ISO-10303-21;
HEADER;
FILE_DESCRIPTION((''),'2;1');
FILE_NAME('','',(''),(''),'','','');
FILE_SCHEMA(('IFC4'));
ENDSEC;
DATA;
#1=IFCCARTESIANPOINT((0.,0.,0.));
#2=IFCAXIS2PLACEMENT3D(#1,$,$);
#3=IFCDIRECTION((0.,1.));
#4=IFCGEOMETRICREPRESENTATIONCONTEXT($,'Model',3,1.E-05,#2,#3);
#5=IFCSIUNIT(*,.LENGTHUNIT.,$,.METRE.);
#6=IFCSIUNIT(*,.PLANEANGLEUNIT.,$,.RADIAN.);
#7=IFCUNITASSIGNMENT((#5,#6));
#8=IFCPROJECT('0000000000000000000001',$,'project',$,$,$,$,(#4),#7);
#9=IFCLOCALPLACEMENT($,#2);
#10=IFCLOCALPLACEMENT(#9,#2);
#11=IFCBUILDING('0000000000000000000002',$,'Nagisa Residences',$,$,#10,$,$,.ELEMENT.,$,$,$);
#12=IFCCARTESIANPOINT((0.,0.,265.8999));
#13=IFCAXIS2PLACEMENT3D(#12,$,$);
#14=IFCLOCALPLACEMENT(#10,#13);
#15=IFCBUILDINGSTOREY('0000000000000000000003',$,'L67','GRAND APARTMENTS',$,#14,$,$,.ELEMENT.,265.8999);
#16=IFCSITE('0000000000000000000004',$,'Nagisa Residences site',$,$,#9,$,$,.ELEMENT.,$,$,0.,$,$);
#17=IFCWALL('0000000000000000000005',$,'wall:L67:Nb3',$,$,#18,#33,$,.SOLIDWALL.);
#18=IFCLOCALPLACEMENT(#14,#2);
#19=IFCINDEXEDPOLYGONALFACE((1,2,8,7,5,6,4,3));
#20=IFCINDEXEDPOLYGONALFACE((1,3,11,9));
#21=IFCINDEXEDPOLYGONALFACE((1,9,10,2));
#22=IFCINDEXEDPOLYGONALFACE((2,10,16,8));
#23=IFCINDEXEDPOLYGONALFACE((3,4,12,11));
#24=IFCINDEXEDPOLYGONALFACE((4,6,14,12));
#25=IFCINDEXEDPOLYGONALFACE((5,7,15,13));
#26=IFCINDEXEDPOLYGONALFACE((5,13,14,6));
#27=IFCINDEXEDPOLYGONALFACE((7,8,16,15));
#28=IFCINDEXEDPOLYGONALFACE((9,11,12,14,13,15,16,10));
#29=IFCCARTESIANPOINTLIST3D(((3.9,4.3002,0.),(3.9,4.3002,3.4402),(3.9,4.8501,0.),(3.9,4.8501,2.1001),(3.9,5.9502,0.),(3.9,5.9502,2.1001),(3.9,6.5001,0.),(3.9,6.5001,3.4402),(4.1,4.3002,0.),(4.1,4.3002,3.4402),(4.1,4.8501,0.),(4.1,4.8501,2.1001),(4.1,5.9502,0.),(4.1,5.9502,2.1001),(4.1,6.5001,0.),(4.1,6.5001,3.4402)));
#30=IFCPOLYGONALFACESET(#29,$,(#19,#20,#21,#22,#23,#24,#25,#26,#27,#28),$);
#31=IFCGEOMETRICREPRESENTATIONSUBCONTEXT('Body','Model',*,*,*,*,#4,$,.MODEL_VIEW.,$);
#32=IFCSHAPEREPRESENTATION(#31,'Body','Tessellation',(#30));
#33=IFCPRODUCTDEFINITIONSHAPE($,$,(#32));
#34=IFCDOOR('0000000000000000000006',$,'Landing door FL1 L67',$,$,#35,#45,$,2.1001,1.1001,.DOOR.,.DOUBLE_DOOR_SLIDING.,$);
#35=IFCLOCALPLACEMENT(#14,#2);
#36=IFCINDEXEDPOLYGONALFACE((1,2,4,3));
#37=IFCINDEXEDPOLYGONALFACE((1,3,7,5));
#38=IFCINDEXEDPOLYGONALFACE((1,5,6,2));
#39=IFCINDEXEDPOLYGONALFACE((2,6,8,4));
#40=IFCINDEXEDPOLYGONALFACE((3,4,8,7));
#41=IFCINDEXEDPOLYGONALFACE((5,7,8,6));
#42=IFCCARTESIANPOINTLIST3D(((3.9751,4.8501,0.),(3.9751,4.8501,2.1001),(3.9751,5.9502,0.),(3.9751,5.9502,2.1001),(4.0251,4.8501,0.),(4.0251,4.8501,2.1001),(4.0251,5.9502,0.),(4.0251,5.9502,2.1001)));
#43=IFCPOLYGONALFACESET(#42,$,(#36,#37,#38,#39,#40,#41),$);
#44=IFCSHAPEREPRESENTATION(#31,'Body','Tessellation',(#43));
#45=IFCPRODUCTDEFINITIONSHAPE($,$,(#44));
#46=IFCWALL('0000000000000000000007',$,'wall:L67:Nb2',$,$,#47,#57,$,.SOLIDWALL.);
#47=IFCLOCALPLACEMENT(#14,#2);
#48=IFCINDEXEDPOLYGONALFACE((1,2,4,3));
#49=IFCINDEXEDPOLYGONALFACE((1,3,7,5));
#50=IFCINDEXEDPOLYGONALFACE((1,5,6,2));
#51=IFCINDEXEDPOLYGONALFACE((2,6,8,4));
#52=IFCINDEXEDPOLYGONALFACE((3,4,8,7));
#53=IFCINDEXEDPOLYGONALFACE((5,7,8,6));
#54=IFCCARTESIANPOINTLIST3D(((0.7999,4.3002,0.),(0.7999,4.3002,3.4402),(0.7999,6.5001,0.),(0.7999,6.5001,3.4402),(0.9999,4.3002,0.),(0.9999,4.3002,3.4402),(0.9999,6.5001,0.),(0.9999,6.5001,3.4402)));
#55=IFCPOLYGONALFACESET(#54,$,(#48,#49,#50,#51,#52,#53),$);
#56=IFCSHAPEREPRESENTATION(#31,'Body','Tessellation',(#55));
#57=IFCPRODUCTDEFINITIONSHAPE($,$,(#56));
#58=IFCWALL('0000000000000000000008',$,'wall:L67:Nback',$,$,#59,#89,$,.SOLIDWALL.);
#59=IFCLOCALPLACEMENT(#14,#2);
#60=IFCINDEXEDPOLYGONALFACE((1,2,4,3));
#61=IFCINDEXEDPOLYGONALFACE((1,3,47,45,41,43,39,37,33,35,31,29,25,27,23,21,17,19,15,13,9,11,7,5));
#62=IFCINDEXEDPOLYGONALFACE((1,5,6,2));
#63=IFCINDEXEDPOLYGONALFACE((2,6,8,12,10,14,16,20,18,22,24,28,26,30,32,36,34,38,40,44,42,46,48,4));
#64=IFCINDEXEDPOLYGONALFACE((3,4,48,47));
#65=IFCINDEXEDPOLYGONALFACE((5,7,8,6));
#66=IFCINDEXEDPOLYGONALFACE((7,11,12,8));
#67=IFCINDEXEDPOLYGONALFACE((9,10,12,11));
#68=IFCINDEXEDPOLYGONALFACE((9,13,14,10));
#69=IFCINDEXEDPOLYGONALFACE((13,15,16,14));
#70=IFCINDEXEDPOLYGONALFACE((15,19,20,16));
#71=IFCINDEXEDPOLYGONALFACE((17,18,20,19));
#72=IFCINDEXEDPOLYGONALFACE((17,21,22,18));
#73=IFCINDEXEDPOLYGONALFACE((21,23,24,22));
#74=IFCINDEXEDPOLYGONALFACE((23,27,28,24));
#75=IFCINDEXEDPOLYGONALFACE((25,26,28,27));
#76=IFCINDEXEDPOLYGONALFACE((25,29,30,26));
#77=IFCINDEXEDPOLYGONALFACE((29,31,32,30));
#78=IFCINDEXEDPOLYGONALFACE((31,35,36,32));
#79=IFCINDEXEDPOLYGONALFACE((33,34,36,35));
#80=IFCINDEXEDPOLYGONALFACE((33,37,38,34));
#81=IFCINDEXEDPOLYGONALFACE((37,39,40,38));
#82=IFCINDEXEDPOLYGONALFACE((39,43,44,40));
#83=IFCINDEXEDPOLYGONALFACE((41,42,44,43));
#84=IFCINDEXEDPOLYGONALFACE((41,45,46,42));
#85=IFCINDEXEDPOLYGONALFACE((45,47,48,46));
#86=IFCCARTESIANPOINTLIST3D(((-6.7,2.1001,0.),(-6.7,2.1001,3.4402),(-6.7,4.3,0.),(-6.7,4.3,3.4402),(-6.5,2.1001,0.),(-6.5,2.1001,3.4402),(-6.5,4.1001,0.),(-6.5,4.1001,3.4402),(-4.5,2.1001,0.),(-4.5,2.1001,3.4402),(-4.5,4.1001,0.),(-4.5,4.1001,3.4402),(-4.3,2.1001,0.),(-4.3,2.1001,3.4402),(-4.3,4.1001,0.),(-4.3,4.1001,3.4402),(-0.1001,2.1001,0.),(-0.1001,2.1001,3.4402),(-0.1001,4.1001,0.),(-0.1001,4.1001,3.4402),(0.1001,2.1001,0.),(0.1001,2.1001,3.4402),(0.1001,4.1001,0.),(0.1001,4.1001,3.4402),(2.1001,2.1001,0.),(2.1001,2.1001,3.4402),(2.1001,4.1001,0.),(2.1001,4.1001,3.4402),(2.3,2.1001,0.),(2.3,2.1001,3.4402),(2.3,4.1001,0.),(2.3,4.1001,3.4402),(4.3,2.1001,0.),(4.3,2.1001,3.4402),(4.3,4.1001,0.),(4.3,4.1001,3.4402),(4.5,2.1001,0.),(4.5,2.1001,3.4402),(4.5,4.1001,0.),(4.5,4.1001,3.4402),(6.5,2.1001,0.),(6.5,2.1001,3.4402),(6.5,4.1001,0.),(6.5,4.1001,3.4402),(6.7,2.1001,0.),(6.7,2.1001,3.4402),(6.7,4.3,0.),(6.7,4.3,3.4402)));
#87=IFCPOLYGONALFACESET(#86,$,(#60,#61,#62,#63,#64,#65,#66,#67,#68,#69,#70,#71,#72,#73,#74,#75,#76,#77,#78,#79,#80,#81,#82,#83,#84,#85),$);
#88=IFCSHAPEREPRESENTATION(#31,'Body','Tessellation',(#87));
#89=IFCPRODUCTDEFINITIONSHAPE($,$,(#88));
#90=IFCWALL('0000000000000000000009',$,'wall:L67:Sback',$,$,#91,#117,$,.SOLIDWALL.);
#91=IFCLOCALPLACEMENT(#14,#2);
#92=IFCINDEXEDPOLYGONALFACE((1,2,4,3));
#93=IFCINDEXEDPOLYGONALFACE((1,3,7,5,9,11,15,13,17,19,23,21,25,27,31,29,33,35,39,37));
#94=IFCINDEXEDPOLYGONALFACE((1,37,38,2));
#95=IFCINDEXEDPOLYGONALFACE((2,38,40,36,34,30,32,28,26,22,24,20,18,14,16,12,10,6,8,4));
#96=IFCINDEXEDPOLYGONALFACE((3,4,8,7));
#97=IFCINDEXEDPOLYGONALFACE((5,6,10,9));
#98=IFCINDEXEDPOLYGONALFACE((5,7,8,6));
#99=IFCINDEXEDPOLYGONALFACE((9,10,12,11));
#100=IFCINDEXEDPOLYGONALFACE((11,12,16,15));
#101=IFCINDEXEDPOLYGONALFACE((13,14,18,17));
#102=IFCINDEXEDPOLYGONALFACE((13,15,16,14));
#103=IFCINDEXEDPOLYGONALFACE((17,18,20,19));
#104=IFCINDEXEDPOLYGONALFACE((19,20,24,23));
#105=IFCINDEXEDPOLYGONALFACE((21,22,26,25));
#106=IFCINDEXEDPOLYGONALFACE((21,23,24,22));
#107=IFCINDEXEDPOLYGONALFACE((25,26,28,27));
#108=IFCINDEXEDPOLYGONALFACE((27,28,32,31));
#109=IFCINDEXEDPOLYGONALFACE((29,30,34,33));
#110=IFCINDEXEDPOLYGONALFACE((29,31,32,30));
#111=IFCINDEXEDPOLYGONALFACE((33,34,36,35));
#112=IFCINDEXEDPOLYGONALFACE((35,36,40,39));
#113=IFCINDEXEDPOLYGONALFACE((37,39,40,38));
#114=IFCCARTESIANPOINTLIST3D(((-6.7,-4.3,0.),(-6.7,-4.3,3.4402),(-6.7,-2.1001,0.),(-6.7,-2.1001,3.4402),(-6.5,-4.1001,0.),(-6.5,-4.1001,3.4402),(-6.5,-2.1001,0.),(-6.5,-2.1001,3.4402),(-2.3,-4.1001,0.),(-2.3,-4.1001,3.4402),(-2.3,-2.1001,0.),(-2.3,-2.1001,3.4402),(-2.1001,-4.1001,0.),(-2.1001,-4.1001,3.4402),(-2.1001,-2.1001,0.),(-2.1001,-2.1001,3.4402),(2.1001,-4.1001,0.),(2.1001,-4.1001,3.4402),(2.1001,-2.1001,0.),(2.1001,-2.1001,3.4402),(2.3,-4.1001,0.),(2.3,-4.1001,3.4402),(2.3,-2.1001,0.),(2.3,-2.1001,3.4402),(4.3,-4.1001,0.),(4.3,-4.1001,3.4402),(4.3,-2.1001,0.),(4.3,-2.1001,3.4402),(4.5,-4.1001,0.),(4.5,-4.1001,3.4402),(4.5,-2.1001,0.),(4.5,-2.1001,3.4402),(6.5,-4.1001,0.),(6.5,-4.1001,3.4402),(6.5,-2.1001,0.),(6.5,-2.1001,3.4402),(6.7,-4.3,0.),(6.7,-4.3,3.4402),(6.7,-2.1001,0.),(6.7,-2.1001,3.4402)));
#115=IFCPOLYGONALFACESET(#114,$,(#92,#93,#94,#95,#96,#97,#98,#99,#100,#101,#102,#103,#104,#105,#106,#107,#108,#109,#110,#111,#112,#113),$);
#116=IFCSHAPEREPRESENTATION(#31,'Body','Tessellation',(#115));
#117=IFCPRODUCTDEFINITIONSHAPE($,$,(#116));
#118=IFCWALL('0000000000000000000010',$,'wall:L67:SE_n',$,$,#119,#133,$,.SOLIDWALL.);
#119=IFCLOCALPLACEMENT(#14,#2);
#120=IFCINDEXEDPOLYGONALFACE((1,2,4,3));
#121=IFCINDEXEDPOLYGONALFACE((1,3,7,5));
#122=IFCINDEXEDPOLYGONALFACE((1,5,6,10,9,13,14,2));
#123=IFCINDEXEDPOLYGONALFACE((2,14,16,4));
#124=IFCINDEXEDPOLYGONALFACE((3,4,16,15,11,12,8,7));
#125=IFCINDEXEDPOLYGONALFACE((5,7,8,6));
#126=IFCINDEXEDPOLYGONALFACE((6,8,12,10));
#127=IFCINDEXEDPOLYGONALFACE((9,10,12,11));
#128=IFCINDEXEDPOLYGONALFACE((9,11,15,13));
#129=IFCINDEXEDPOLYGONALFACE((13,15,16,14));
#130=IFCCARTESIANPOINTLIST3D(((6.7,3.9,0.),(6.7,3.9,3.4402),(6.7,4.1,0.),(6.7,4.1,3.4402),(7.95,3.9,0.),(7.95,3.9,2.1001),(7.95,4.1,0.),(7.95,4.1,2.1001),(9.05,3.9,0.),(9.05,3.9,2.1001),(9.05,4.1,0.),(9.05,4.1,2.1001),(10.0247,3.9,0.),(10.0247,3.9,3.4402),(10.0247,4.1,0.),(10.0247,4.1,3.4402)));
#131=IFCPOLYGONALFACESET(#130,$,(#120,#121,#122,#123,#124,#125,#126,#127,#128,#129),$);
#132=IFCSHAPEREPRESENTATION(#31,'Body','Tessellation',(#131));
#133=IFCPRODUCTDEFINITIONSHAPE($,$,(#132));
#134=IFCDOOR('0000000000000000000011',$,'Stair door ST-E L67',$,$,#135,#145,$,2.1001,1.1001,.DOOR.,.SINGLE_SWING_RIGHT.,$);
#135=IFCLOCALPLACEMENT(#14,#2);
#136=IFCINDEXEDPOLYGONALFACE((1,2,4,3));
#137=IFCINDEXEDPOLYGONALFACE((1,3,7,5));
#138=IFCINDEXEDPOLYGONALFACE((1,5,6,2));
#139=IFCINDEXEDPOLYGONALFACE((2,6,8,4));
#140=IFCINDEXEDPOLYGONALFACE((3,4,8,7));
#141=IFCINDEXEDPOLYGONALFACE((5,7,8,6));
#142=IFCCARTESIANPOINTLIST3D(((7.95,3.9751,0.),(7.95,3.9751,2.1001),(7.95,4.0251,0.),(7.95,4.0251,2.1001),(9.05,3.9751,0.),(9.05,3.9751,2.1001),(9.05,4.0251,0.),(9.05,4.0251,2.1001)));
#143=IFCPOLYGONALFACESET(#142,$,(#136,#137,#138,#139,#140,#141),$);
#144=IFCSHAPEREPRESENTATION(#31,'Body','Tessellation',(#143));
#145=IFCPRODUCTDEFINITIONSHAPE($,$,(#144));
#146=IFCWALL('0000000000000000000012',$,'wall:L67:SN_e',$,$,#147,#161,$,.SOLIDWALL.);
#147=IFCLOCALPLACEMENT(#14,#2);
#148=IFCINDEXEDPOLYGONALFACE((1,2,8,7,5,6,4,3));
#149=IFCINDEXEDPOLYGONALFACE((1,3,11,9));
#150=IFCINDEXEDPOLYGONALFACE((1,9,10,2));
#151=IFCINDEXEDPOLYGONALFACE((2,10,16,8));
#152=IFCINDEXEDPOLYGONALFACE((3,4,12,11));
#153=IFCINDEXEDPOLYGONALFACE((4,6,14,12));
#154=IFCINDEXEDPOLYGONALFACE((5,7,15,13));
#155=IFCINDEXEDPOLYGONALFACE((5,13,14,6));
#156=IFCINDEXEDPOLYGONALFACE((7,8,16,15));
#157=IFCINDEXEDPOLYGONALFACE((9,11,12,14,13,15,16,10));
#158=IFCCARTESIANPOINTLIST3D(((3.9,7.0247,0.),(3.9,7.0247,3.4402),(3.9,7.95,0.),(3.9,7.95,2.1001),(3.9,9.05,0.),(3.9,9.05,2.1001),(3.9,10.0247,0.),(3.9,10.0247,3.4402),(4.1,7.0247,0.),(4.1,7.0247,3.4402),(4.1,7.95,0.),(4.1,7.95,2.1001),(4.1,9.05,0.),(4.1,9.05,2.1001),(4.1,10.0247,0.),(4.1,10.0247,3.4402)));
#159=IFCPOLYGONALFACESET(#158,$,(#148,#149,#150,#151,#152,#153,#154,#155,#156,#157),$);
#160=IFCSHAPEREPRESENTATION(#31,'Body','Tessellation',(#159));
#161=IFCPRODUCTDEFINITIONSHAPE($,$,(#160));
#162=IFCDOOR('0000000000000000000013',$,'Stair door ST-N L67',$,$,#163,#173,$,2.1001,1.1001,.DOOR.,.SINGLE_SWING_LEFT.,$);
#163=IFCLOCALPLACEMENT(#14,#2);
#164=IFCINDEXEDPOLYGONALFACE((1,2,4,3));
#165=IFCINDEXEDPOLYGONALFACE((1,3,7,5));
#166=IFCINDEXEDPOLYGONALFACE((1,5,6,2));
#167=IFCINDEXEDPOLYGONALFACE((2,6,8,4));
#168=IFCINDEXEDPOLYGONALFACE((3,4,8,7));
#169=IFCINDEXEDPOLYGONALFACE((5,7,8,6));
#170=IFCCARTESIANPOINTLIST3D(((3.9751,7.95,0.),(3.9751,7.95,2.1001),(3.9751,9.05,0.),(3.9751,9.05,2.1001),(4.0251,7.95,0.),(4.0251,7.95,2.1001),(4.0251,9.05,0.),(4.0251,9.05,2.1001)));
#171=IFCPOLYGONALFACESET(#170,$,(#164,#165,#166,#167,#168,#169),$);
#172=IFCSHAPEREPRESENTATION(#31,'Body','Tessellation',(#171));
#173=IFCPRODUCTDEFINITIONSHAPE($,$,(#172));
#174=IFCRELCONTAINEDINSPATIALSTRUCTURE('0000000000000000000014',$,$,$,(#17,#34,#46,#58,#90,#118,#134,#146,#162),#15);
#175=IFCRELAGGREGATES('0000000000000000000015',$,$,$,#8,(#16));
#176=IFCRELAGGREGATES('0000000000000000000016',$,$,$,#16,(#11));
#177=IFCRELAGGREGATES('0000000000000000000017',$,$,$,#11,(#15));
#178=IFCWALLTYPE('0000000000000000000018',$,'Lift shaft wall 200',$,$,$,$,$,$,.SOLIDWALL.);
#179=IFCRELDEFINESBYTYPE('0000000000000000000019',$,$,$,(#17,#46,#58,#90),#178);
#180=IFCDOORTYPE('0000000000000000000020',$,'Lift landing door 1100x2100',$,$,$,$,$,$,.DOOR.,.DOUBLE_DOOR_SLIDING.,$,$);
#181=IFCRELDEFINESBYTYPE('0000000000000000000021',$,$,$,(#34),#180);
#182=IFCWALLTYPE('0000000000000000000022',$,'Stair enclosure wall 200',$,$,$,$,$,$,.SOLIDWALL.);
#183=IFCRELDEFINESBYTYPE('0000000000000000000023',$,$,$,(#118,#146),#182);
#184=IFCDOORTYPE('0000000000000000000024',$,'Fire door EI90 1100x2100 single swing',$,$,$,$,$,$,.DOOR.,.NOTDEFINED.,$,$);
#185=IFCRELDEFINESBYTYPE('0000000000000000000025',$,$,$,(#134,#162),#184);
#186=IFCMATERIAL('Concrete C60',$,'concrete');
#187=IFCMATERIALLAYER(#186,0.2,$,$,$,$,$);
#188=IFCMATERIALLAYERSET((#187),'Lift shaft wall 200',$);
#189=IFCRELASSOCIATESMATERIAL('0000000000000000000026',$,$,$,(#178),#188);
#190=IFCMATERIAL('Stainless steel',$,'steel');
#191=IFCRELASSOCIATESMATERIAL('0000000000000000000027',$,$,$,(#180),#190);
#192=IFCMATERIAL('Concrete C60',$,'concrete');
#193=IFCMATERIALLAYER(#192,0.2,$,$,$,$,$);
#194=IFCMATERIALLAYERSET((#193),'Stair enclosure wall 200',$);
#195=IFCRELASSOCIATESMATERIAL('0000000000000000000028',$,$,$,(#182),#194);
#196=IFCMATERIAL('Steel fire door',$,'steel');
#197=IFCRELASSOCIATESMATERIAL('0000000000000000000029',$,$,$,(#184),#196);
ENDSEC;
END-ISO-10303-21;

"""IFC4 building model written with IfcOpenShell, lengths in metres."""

from ifc_helpers import new_model, si_unit, direction, frame, frame_2d, origin, place, context, subcontext, project, spatial, polyline, rectangle, outline, extrude, material, layer, layer_set, type_object, element, fill, save


model = new_model("IFC4")

# Units and contexts
model_context = context("Model", 3, precision=1e-05, world=origin(), true_north=direction((0.0, 1.0)))
body_context = subcontext(model_context, "Body", "Model", "MODEL_VIEW")
ifc_project = project(units=[si_unit("LENGTHUNIT", "METRE"), si_unit("PLANEANGLEUNIT", "RADIAN")], contexts=[model_context])

# Site, building, storey
site_placement = place(None, origin())
site = spatial("IfcSite", under=ifc_project, at=site_placement, Name="Nagisa Residences site", CompositionType="ELEMENT", RefElevation=0.0)
building_placement = place(site_placement, origin())
building = spatial("IfcBuilding", under=site, at=building_placement, Name="Nagisa Residences", CompositionType="ELEMENT")
storey_placement = place(building_placement, frame((0.0, 0.0, 265.8999)))
storey = spatial("IfcBuildingStorey", under=building, at=storey_placement, Name="L67", Description="GRAND APARTMENTS", CompositionType="ELEMENT", Elevation=265.8999)

# Wall, opening, door
ifc_material_1 = material(Name="Concrete C60", Category="concrete")
ifc_layer_1 = layer(ifc_material_1, 0.2)
ifc_layer_set_1 = layer_set([ifc_layer_1], Name="Lift shaft wall 200")
wall_type_1 = type_object("IfcWallType", Name="Lift shaft wall 200", PredefinedType="SOLIDWALL", material=ifc_layer_set_1)
wall_1_placement = place(storey_placement, frame((4.0, 4.3, 0.0), z_axis=(0.0, 0.0, 1.0), x_axis=(0.0, 1.0, 0.0)))
wall_1 = element("IfcWall", 1, at=wall_1_placement, inside=storey, type_object=wall_type_1, Name="wall:L67:Nb3", PredefinedType="SOLIDWALL", context=body_context, shape_type="SweptSolid", body=[
    extrude(rectangle(XDim=2.2, YDim=0.2, at=frame_2d((1.1001, 0.0))), origin(), (0.0, 0.0, 1.0), 3.4402),
])
opening_1_placement = place(wall_1_placement, frame((0.55, 0.0, 0.0)))
opening_1 = element("IfcOpeningElement", 2, at=opening_1_placement, cuts=wall_1, PredefinedType="OPENING", context=body_context, shape_type="SweptSolid", body=[
    extrude(rectangle(XDim=1.1001, YDim=2.1001, at=frame_2d((0.55, 1.05))), frame((0.0, 0.1099, 0.0), z_axis=(0.0, -1.0, 0.0), x_axis=(1.0, 0.0, 0.0)), (0.0, 0.0, 1.0), 0.22),
])
ifc_material_2 = material(Name="Stainless steel", Category="steel")
door_type_1 = type_object("IfcDoorType", Name="Lift landing door 1100x2100", OperationType="DOUBLE_DOOR_SLIDING", PredefinedType="DOOR", material=ifc_material_2)
door_1_placement = place(opening_1_placement, origin())
door_1 = element("IfcDoor", 3, at=door_1_placement, inside=storey, type_object=door_type_1, Name="Landing door FL1 L67", OperationType="DOUBLE_DOOR_SLIDING", OverallHeight=2.1001, OverallWidth=1.1001, PredefinedType="DOOR", context=body_context, shape_type="SweptSolid", body=[
    extrude(rectangle(XDim=1.1001, YDim=2.1001, at=frame_2d((0.55, 1.05))), frame((0.0, 0.0249, 0.0), z_axis=(0.0, -1.0, 0.0), x_axis=(1.0, 0.0, 0.0)), (0.0, 0.0, 1.0), 0.05),
])
fill(opening_1, door_1)

# Walls
wall_2_placement = place(storey_placement, frame((0.8999, 4.3, 0.0), z_axis=(0.0, 0.0, 1.0), x_axis=(0.0, 1.0, 0.0)))
element("IfcWall", 4, at=wall_2_placement, inside=storey, type_object=wall_type_1, Name="wall:L67:Nb2", PredefinedType="SOLIDWALL", context=body_context, shape_type="SweptSolid", body=[
    extrude(rectangle(XDim=2.2, YDim=0.2, at=frame_2d((1.1001, 0.0))), origin(), (0.0, 0.0, 1.0), 3.4402),
])
wall_3_placement = place(storey_placement, origin())
element("IfcWall", 5, at=wall_3_placement, inside=storey, type_object=wall_type_1, Name="wall:L67:Nback", PredefinedType="SOLIDWALL", context=body_context, shape_type="SweptSolid", body=[
    extrude(outline(polyline([(-6.7, 4.3), (6.7, 4.3), (6.7, 2.1001), (6.5, 2.1001), (6.5, 4.1001), (4.5, 4.1001), (4.5, 2.1001), (4.3, 2.1001), (4.3, 4.1001), (2.3, 4.1001), (2.3, 2.1001), (2.1001, 2.1001), (2.1001, 4.1001), (0.1001, 4.1001), (0.1001, 2.1001), (-0.1001, 2.1001), (-0.1001, 4.1001), (-4.3, 4.1001), (-4.3, 2.1001), (-4.5, 2.1001), (-4.5, 4.1001), (-6.5, 4.1001), (-6.5, 2.1001), (-6.7, 2.1001), (-6.7, 4.3)])), origin(), (0.0, 0.0, 1.0), 3.4402),
])
wall_4_placement = place(storey_placement, origin())
element("IfcWall", 6, at=wall_4_placement, inside=storey, type_object=wall_type_1, Name="wall:L67:Sback", PredefinedType="SOLIDWALL", context=body_context, shape_type="SweptSolid", body=[
    extrude(outline(polyline([(-6.7, -2.1001), (-6.5, -2.1001), (-6.5, -4.1001), (-2.3, -4.1001), (-2.3, -2.1001), (-2.1001, -2.1001), (-2.1001, -4.1001), (2.1001, -4.1001), (2.1001, -2.1001), (2.3, -2.1001), (2.3, -4.1001), (4.3, -4.1001), (4.3, -2.1001), (4.5, -2.1001), (4.5, -4.1001), (6.5, -4.1001), (6.5, -2.1001), (6.7, -2.1001), (6.7, -4.3), (-6.7, -4.3), (-6.7, -2.1001)])), origin(), (0.0, 0.0, 1.0), 3.4402),
])

# Walls, openings, doors
ifc_material_3 = material(Name="Concrete C60", Category="concrete")
ifc_layer_2 = layer(ifc_material_3, 0.2)
ifc_layer_set_2 = layer_set([ifc_layer_2], Name="Stair enclosure wall 200")
wall_type_2 = type_object("IfcWallType", Name="Stair enclosure wall 200", PredefinedType="SOLIDWALL", material=ifc_layer_set_2)
wall_5_placement = place(storey_placement, frame((6.7, 4.0, 0.0), z_axis=(0.0, 0.0, 1.0), x_axis=(1.0, 0.0, 0.0)))
wall_5 = element("IfcWall", 7, at=wall_5_placement, inside=storey, type_object=wall_type_2, Name="wall:L67:SE_n", PredefinedType="SOLIDWALL", context=body_context, shape_type="SweptSolid", body=[
    extrude(rectangle(XDim=3.3247, YDim=0.2, at=frame_2d((1.6624, 0.0))), origin(), (0.0, 0.0, 1.0), 3.4402),
])
opening_2_placement = place(wall_5_placement, frame((1.25, 0.0, 0.0)))
opening_2 = element("IfcOpeningElement", 8, at=opening_2_placement, cuts=wall_5, PredefinedType="OPENING", context=body_context, shape_type="SweptSolid", body=[
    extrude(rectangle(XDim=1.1001, YDim=2.1001, at=frame_2d((0.55, 1.05))), frame((0.0, 0.1099, 0.0), z_axis=(0.0, -1.0, 0.0), x_axis=(1.0, 0.0, 0.0)), (0.0, 0.0, 1.0), 0.22),
])
ifc_material_4 = material(Name="Steel fire door", Category="steel")
door_type_2 = type_object("IfcDoorType", Name="Fire door EI90 1100x2100 single swing", OperationType="NOTDEFINED", PredefinedType="DOOR", material=ifc_material_4)
door_2_placement = place(opening_2_placement, frame((1.1001, 0.0, 0.0), x_axis=(-1.0, 0.0, 0.0)))
door_2 = element("IfcDoor", 9, at=door_2_placement, inside=storey, type_object=door_type_2, Name="Stair door ST-E L67", OperationType="SINGLE_SWING_RIGHT", OverallHeight=2.1001, OverallWidth=1.1001, PredefinedType="DOOR", context=body_context, shape_type="SweptSolid", body=[
    extrude(rectangle(XDim=1.1001, YDim=2.1001, at=frame_2d((0.55, 1.05))), frame((0.0, 0.0249, 0.0), z_axis=(0.0, -1.0, 0.0), x_axis=(1.0, 0.0, 0.0)), (0.0, 0.0, 1.0), 0.05),
])
fill(opening_2, door_2)
wall_6_placement = place(storey_placement, frame((4.0, 7.0247, 0.0), z_axis=(0.0, 0.0, 1.0), x_axis=(0.0, 1.0, 0.0)))
wall_6 = element("IfcWall", 10, at=wall_6_placement, inside=storey, type_object=wall_type_2, Name="wall:L67:SN_e", PredefinedType="SOLIDWALL", context=body_context, shape_type="SweptSolid", body=[
    extrude(rectangle(XDim=3.0, YDim=0.2, at=frame_2d((1.5, 0.0))), origin(), (0.0, 0.0, 1.0), 3.4402),
])
opening_3_placement = place(wall_6_placement, frame((0.9253, 0.0, 0.0)))
opening_3 = element("IfcOpeningElement", 11, at=opening_3_placement, cuts=wall_6, PredefinedType="OPENING", context=body_context, shape_type="SweptSolid", body=[
    extrude(rectangle(XDim=1.1001, YDim=2.1001, at=frame_2d((0.55, 1.05))), frame((0.0, 0.1099, 0.0), z_axis=(0.0, -1.0, 0.0), x_axis=(1.0, 0.0, 0.0)), (0.0, 0.0, 1.0), 0.22),
])
door_3_placement = place(opening_3_placement, origin())
door_3 = element("IfcDoor", 12, at=door_3_placement, inside=storey, type_object=door_type_2, Name="Stair door ST-N L67", OperationType="SINGLE_SWING_LEFT", OverallHeight=2.1001, OverallWidth=1.1001, PredefinedType="DOOR", context=body_context, shape_type="SweptSolid", body=[
    extrude(rectangle(XDim=1.1001, YDim=2.1001, at=frame_2d((0.55, 1.05))), frame((0.0, 0.0249, 0.0), z_axis=(0.0, -1.0, 0.0), x_axis=(1.0, 0.0, 0.0)), (0.0, 0.0, 1.0), 0.05),
])
fill(opening_3, door_3)

save(model, "model.ifc")
